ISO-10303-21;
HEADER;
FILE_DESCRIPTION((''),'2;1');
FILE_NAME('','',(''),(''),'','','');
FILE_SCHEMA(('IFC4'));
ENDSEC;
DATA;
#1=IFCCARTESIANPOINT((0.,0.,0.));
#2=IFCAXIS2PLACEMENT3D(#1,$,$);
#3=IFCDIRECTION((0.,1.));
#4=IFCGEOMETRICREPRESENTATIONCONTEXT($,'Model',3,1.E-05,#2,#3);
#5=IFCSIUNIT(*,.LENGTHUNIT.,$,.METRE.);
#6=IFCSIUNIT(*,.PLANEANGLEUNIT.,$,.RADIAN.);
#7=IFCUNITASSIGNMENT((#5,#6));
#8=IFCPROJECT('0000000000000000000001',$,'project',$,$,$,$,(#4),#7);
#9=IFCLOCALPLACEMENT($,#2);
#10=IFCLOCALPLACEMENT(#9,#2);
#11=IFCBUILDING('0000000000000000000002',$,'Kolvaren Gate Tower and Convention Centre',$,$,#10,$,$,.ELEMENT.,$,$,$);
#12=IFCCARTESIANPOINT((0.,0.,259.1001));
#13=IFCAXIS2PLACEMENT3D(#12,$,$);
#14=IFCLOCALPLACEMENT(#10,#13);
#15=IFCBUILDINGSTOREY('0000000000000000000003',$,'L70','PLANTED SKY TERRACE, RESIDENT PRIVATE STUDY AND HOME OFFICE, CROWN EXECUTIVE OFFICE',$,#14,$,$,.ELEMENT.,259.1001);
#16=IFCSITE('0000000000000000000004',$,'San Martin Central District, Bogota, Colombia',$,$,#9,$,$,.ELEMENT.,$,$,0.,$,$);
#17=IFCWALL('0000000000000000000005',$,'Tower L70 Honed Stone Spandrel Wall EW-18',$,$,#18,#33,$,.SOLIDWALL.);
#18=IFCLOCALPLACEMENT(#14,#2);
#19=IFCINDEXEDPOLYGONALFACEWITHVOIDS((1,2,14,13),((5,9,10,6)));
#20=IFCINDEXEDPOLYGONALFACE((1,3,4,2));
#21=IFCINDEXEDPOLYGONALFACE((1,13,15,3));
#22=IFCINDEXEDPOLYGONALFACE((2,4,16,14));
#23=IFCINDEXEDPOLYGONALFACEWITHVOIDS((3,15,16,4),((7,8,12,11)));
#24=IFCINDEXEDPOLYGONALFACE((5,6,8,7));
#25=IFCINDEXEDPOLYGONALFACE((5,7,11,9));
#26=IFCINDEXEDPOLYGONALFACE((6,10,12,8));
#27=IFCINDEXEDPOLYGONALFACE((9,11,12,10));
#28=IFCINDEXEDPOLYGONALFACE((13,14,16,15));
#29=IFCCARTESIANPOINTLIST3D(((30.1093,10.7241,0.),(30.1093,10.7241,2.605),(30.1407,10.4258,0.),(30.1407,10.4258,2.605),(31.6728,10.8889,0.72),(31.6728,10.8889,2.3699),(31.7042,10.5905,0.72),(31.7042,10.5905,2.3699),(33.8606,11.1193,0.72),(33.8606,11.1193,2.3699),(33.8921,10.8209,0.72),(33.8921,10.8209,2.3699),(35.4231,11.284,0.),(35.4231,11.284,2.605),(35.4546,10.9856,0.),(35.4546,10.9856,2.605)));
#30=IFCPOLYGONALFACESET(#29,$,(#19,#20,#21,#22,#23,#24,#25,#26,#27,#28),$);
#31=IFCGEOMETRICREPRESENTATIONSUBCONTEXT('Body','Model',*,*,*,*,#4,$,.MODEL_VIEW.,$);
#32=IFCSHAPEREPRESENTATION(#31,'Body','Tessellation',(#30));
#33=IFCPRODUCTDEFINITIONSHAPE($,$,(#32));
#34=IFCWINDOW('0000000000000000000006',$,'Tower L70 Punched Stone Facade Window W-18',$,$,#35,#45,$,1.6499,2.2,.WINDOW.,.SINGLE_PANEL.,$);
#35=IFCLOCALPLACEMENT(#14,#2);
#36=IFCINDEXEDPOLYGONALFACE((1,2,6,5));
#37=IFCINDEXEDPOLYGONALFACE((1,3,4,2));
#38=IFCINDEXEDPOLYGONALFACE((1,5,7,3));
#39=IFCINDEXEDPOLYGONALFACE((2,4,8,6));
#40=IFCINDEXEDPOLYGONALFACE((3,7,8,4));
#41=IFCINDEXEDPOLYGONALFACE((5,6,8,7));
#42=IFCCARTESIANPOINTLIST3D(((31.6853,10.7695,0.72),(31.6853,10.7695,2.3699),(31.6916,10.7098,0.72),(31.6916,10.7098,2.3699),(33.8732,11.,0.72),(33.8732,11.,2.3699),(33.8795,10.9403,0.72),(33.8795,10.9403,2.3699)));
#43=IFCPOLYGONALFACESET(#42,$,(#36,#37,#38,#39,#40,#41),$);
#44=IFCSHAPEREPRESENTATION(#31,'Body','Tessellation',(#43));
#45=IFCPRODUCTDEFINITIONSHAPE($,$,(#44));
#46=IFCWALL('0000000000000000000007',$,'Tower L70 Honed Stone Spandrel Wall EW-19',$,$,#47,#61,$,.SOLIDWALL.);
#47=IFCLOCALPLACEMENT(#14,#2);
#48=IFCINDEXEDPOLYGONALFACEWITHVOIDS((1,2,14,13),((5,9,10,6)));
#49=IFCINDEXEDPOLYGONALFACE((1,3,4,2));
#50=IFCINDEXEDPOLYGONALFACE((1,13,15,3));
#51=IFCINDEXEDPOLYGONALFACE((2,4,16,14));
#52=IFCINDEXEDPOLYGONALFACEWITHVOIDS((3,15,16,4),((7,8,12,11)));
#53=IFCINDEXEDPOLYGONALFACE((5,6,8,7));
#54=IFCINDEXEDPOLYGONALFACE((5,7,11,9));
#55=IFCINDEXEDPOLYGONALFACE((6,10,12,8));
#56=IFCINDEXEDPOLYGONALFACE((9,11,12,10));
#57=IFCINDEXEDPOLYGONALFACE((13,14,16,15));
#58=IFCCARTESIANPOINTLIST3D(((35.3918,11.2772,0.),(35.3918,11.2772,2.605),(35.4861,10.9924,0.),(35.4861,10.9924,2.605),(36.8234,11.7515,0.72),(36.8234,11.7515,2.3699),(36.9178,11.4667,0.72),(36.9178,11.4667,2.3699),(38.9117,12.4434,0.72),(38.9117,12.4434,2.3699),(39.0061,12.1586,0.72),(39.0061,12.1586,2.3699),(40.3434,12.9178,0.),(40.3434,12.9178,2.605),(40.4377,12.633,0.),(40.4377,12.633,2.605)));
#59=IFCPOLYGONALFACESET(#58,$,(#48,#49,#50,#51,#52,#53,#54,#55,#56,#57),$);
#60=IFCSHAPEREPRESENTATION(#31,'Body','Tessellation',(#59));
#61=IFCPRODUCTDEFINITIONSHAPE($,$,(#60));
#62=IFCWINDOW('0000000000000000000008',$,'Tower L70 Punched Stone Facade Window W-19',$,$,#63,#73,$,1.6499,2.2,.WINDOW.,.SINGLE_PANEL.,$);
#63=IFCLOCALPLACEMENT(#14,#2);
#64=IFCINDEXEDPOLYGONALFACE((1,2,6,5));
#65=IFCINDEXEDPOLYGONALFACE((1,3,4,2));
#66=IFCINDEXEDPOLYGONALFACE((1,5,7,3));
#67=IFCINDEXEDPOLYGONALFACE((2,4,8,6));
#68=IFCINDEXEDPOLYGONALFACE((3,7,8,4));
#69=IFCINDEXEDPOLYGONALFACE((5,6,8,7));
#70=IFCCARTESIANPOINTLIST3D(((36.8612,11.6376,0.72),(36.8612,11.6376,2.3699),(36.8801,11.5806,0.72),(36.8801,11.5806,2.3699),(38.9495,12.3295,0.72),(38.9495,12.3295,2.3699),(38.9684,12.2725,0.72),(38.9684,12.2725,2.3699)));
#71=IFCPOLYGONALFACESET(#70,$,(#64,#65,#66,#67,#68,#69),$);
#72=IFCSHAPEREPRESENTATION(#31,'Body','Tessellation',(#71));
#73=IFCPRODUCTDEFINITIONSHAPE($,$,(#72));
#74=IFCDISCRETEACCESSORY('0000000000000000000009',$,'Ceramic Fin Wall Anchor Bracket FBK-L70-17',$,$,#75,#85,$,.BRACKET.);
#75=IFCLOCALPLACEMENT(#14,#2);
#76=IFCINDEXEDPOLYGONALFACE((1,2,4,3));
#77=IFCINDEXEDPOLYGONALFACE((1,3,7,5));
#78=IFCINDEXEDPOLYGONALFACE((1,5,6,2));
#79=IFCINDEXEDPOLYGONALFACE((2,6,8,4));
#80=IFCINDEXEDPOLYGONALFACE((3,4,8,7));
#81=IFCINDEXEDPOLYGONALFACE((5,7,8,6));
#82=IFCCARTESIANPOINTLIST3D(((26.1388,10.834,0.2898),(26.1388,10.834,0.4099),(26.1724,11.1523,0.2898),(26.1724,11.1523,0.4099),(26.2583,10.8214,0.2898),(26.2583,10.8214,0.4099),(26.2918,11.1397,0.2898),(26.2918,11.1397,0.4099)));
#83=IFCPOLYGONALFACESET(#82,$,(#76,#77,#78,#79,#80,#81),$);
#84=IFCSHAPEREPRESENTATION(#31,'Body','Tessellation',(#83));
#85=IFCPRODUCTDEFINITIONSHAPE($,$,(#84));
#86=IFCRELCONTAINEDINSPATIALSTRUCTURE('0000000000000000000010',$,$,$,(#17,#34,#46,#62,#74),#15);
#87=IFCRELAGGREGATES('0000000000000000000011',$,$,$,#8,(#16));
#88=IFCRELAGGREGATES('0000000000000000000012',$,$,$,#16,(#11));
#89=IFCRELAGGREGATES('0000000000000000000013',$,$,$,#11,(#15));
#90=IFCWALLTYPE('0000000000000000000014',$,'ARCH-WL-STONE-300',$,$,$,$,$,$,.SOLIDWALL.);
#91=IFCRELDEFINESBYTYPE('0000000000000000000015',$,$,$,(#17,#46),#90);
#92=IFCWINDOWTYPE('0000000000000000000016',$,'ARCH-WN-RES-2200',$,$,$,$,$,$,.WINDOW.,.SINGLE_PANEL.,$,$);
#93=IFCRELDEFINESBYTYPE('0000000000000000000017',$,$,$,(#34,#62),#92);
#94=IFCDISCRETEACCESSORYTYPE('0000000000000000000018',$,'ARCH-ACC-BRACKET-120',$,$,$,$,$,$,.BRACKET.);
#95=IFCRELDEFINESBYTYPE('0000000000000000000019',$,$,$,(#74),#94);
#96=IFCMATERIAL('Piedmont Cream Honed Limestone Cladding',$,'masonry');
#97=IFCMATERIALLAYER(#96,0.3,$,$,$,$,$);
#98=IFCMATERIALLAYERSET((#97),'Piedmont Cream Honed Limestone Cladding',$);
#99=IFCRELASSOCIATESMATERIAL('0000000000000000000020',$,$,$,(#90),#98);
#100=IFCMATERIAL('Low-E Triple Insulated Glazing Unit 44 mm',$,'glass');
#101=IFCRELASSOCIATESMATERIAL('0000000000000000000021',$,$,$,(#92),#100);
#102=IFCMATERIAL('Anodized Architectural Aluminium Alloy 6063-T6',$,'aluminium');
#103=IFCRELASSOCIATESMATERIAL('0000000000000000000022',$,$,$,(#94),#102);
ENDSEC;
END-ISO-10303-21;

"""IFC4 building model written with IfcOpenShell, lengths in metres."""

from ifc_helpers import new_model, si_unit, direction, frame, frame_2d, origin, origin_2d, place, context, subcontext, project, spatial, rectangle, extrude, material, layer, layer_set, type_object, element, fill, save


model = new_model("IFC4")

# Units and contexts
model_context = context("Model", 3, precision=1e-05, world=origin(), true_north=direction((0.0, 1.0)))
body_context = subcontext(model_context, "Body", "Model", "MODEL_VIEW")
ifc_project = project(units=[si_unit("LENGTHUNIT", "METRE"), si_unit("PLANEANGLEUNIT", "RADIAN")], contexts=[model_context])

# Site, building, storey
site_placement = place(None, origin())
site = spatial("IfcSite", under=ifc_project, at=site_placement, Name="San Martin Central District, Bogota, Colombia", CompositionType="ELEMENT", RefElevation=0.0)
building_placement = place(site_placement, origin())
building = spatial("IfcBuilding", under=site, at=building_placement, Name="Kolvaren Gate Tower and Convention Centre", CompositionType="ELEMENT")
storey_placement = place(building_placement, frame((0.0, 0.0, 259.1001)))
storey = spatial("IfcBuildingStorey", under=building, at=storey_placement, Name="L70", Description="PLANTED SKY TERRACE, RESIDENT PRIVATE STUDY AND HOME OFFICE, CROWN EXECUTIVE OFFICE", CompositionType="ELEMENT", Elevation=259.1001)

# Walls, openings, windows
ifc_material_1 = material(Name="Piedmont Cream Honed Limestone Cladding", Category="masonry")
ifc_layer_1 = layer(ifc_material_1, 0.3)
ifc_layer_set_1 = layer_set([ifc_layer_1], Name="Piedmont Cream Honed Limestone Cladding")
wall_type_1 = type_object("IfcWallType", Name="ARCH-WL-STONE-300", PredefinedType="SOLIDWALL", material=ifc_layer_set_1)
wall_1_placement = place(storey_placement, frame((30.125, 10.575, 0.0), z_axis=(0.0, 0.0, 1.0), x_axis=(0.994497, 0.104768, 0.0)))
wall_1 = element("IfcWall", 1, at=wall_1_placement, inside=storey, type_object=wall_type_1, Name="Tower L70 Honed Stone Spandrel Wall EW-18", PredefinedType="SOLIDWALL", context=body_context, shape_type="SweptSolid", body=[
    extrude(rectangle(XDim=5.3433, YDim=0.3, at=frame_2d((2.6716, 0.0))), origin(), (0.0, 0.0, 1.0), 2.605),
])
opening_1_placement = place(wall_1_placement, frame((1.572, 0.0, 0.72)))
opening_1 = element("IfcOpeningElement", 2, at=opening_1_placement, cuts=wall_1, PredefinedType="OPENING", context=body_context, shape_type="SweptSolid", body=[
    extrude(rectangle(XDim=2.2, YDim=1.6499, at=frame_2d((1.1001, 0.825))), frame((0.0, 0.1599, 0.0), z_axis=(0.0, -1.0, 0.0), x_axis=(1.0, 0.0, 0.0)), (0.0, 0.0, 1.0), 0.3201),
])
ifc_material_2 = material(Name="Low-E Triple Insulated Glazing Unit 44 mm", Category="glass")
window_type = type_object("IfcWindowType", Name="ARCH-WN-RES-2200", PartitioningType="SINGLE_PANEL", PredefinedType="WINDOW", material=ifc_material_2)
window_1_placement = place(opening_1_placement, origin())
window_1 = element("IfcWindow", 3, at=window_1_placement, inside=storey, type_object=window_type, Name="Tower L70 Punched Stone Facade Window W-18", OverallHeight=1.6499, OverallWidth=2.2, PartitioningType="SINGLE_PANEL", PredefinedType="WINDOW", context=body_context, shape_type="SweptSolid", body=[
    extrude(rectangle(XDim=2.2, YDim=1.6499, at=frame_2d((1.1001, 0.825))), frame((0.0, 0.03, 0.0), z_axis=(0.0, -1.0, 0.0), x_axis=(1.0, 0.0, 0.0)), (0.0, 0.0, 1.0), 0.0601),
])
fill(opening_1, window_1)
wall_2_placement = place(storey_placement, frame((35.439, 11.1348, 0.0), z_axis=(0.0, 0.0, 1.0), x_axis=(0.949253, 0.314514, 0.0)))
wall_2 = element("IfcWall", 4, at=wall_2_placement, inside=storey, type_object=wall_type_1, Name="Tower L70 Honed Stone Spandrel Wall EW-19", PredefinedType="SOLIDWALL", context=body_context, shape_type="SweptSolid", body=[
    extrude(rectangle(XDim=5.2163, YDim=0.3, at=frame_2d((2.6082, 0.0))), origin(), (0.0, 0.0, 1.0), 2.605),
])
opening_2_placement = place(wall_2_placement, frame((1.5081, 0.0, 0.72)))
opening_2 = element("IfcOpeningElement", 5, at=opening_2_placement, cuts=wall_2, PredefinedType="OPENING", context=body_context, shape_type="SweptSolid", body=[
    extrude(rectangle(XDim=2.2, YDim=1.6499, at=frame_2d((1.1001, 0.825))), frame((0.0, 0.1599, 0.0), z_axis=(0.0, -1.0, 0.0), x_axis=(1.0, 0.0, 0.0)), (0.0, 0.0, 1.0), 0.3201),
])
window_2_placement = place(opening_2_placement, origin())
window_2 = element("IfcWindow", 6, at=window_2_placement, inside=storey, type_object=window_type, Name="Tower L70 Punched Stone Facade Window W-19", OverallHeight=1.6499, OverallWidth=2.2, PartitioningType="SINGLE_PANEL", PredefinedType="WINDOW", context=body_context, shape_type="SweptSolid", body=[
    extrude(rectangle(XDim=2.2, YDim=1.6499, at=frame_2d((1.1001, 0.825))), frame((0.0, 0.03, 0.0), z_axis=(0.0, -1.0, 0.0), x_axis=(1.0, 0.0, 0.0)), (0.0, 0.0, 1.0), 0.0601),
])
fill(opening_2, window_2)

# Discrete accessory
ifc_material_3 = material(Name="Anodized Architectural Aluminium Alloy 6063-T6", Category="aluminium")
discrete_accessory_type = type_object("IfcDiscreteAccessoryType", Name="ARCH-ACC-BRACKET-120", PredefinedType="BRACKET", material=ifc_material_3)
discrete_accessory_placement = place(storey_placement, frame((26.2153, 10.9868, 0.2898), z_axis=(0.0, 0.0, 1.0), x_axis=(0.994499, -0.104749, 0.0)))
element("IfcDiscreteAccessory", 7, at=discrete_accessory_placement, inside=storey, type_object=discrete_accessory_type, Name="Ceramic Fin Wall Anchor Bracket FBK-L70-17", PredefinedType="BRACKET", context=body_context, shape_type="SweptSolid", body=[
    extrude(rectangle(XDim=0.1201, YDim=0.3201, at=origin_2d()), origin(), (0.0, 0.0, 1.0), 0.1201),
])

save(model, "model.ifc")
